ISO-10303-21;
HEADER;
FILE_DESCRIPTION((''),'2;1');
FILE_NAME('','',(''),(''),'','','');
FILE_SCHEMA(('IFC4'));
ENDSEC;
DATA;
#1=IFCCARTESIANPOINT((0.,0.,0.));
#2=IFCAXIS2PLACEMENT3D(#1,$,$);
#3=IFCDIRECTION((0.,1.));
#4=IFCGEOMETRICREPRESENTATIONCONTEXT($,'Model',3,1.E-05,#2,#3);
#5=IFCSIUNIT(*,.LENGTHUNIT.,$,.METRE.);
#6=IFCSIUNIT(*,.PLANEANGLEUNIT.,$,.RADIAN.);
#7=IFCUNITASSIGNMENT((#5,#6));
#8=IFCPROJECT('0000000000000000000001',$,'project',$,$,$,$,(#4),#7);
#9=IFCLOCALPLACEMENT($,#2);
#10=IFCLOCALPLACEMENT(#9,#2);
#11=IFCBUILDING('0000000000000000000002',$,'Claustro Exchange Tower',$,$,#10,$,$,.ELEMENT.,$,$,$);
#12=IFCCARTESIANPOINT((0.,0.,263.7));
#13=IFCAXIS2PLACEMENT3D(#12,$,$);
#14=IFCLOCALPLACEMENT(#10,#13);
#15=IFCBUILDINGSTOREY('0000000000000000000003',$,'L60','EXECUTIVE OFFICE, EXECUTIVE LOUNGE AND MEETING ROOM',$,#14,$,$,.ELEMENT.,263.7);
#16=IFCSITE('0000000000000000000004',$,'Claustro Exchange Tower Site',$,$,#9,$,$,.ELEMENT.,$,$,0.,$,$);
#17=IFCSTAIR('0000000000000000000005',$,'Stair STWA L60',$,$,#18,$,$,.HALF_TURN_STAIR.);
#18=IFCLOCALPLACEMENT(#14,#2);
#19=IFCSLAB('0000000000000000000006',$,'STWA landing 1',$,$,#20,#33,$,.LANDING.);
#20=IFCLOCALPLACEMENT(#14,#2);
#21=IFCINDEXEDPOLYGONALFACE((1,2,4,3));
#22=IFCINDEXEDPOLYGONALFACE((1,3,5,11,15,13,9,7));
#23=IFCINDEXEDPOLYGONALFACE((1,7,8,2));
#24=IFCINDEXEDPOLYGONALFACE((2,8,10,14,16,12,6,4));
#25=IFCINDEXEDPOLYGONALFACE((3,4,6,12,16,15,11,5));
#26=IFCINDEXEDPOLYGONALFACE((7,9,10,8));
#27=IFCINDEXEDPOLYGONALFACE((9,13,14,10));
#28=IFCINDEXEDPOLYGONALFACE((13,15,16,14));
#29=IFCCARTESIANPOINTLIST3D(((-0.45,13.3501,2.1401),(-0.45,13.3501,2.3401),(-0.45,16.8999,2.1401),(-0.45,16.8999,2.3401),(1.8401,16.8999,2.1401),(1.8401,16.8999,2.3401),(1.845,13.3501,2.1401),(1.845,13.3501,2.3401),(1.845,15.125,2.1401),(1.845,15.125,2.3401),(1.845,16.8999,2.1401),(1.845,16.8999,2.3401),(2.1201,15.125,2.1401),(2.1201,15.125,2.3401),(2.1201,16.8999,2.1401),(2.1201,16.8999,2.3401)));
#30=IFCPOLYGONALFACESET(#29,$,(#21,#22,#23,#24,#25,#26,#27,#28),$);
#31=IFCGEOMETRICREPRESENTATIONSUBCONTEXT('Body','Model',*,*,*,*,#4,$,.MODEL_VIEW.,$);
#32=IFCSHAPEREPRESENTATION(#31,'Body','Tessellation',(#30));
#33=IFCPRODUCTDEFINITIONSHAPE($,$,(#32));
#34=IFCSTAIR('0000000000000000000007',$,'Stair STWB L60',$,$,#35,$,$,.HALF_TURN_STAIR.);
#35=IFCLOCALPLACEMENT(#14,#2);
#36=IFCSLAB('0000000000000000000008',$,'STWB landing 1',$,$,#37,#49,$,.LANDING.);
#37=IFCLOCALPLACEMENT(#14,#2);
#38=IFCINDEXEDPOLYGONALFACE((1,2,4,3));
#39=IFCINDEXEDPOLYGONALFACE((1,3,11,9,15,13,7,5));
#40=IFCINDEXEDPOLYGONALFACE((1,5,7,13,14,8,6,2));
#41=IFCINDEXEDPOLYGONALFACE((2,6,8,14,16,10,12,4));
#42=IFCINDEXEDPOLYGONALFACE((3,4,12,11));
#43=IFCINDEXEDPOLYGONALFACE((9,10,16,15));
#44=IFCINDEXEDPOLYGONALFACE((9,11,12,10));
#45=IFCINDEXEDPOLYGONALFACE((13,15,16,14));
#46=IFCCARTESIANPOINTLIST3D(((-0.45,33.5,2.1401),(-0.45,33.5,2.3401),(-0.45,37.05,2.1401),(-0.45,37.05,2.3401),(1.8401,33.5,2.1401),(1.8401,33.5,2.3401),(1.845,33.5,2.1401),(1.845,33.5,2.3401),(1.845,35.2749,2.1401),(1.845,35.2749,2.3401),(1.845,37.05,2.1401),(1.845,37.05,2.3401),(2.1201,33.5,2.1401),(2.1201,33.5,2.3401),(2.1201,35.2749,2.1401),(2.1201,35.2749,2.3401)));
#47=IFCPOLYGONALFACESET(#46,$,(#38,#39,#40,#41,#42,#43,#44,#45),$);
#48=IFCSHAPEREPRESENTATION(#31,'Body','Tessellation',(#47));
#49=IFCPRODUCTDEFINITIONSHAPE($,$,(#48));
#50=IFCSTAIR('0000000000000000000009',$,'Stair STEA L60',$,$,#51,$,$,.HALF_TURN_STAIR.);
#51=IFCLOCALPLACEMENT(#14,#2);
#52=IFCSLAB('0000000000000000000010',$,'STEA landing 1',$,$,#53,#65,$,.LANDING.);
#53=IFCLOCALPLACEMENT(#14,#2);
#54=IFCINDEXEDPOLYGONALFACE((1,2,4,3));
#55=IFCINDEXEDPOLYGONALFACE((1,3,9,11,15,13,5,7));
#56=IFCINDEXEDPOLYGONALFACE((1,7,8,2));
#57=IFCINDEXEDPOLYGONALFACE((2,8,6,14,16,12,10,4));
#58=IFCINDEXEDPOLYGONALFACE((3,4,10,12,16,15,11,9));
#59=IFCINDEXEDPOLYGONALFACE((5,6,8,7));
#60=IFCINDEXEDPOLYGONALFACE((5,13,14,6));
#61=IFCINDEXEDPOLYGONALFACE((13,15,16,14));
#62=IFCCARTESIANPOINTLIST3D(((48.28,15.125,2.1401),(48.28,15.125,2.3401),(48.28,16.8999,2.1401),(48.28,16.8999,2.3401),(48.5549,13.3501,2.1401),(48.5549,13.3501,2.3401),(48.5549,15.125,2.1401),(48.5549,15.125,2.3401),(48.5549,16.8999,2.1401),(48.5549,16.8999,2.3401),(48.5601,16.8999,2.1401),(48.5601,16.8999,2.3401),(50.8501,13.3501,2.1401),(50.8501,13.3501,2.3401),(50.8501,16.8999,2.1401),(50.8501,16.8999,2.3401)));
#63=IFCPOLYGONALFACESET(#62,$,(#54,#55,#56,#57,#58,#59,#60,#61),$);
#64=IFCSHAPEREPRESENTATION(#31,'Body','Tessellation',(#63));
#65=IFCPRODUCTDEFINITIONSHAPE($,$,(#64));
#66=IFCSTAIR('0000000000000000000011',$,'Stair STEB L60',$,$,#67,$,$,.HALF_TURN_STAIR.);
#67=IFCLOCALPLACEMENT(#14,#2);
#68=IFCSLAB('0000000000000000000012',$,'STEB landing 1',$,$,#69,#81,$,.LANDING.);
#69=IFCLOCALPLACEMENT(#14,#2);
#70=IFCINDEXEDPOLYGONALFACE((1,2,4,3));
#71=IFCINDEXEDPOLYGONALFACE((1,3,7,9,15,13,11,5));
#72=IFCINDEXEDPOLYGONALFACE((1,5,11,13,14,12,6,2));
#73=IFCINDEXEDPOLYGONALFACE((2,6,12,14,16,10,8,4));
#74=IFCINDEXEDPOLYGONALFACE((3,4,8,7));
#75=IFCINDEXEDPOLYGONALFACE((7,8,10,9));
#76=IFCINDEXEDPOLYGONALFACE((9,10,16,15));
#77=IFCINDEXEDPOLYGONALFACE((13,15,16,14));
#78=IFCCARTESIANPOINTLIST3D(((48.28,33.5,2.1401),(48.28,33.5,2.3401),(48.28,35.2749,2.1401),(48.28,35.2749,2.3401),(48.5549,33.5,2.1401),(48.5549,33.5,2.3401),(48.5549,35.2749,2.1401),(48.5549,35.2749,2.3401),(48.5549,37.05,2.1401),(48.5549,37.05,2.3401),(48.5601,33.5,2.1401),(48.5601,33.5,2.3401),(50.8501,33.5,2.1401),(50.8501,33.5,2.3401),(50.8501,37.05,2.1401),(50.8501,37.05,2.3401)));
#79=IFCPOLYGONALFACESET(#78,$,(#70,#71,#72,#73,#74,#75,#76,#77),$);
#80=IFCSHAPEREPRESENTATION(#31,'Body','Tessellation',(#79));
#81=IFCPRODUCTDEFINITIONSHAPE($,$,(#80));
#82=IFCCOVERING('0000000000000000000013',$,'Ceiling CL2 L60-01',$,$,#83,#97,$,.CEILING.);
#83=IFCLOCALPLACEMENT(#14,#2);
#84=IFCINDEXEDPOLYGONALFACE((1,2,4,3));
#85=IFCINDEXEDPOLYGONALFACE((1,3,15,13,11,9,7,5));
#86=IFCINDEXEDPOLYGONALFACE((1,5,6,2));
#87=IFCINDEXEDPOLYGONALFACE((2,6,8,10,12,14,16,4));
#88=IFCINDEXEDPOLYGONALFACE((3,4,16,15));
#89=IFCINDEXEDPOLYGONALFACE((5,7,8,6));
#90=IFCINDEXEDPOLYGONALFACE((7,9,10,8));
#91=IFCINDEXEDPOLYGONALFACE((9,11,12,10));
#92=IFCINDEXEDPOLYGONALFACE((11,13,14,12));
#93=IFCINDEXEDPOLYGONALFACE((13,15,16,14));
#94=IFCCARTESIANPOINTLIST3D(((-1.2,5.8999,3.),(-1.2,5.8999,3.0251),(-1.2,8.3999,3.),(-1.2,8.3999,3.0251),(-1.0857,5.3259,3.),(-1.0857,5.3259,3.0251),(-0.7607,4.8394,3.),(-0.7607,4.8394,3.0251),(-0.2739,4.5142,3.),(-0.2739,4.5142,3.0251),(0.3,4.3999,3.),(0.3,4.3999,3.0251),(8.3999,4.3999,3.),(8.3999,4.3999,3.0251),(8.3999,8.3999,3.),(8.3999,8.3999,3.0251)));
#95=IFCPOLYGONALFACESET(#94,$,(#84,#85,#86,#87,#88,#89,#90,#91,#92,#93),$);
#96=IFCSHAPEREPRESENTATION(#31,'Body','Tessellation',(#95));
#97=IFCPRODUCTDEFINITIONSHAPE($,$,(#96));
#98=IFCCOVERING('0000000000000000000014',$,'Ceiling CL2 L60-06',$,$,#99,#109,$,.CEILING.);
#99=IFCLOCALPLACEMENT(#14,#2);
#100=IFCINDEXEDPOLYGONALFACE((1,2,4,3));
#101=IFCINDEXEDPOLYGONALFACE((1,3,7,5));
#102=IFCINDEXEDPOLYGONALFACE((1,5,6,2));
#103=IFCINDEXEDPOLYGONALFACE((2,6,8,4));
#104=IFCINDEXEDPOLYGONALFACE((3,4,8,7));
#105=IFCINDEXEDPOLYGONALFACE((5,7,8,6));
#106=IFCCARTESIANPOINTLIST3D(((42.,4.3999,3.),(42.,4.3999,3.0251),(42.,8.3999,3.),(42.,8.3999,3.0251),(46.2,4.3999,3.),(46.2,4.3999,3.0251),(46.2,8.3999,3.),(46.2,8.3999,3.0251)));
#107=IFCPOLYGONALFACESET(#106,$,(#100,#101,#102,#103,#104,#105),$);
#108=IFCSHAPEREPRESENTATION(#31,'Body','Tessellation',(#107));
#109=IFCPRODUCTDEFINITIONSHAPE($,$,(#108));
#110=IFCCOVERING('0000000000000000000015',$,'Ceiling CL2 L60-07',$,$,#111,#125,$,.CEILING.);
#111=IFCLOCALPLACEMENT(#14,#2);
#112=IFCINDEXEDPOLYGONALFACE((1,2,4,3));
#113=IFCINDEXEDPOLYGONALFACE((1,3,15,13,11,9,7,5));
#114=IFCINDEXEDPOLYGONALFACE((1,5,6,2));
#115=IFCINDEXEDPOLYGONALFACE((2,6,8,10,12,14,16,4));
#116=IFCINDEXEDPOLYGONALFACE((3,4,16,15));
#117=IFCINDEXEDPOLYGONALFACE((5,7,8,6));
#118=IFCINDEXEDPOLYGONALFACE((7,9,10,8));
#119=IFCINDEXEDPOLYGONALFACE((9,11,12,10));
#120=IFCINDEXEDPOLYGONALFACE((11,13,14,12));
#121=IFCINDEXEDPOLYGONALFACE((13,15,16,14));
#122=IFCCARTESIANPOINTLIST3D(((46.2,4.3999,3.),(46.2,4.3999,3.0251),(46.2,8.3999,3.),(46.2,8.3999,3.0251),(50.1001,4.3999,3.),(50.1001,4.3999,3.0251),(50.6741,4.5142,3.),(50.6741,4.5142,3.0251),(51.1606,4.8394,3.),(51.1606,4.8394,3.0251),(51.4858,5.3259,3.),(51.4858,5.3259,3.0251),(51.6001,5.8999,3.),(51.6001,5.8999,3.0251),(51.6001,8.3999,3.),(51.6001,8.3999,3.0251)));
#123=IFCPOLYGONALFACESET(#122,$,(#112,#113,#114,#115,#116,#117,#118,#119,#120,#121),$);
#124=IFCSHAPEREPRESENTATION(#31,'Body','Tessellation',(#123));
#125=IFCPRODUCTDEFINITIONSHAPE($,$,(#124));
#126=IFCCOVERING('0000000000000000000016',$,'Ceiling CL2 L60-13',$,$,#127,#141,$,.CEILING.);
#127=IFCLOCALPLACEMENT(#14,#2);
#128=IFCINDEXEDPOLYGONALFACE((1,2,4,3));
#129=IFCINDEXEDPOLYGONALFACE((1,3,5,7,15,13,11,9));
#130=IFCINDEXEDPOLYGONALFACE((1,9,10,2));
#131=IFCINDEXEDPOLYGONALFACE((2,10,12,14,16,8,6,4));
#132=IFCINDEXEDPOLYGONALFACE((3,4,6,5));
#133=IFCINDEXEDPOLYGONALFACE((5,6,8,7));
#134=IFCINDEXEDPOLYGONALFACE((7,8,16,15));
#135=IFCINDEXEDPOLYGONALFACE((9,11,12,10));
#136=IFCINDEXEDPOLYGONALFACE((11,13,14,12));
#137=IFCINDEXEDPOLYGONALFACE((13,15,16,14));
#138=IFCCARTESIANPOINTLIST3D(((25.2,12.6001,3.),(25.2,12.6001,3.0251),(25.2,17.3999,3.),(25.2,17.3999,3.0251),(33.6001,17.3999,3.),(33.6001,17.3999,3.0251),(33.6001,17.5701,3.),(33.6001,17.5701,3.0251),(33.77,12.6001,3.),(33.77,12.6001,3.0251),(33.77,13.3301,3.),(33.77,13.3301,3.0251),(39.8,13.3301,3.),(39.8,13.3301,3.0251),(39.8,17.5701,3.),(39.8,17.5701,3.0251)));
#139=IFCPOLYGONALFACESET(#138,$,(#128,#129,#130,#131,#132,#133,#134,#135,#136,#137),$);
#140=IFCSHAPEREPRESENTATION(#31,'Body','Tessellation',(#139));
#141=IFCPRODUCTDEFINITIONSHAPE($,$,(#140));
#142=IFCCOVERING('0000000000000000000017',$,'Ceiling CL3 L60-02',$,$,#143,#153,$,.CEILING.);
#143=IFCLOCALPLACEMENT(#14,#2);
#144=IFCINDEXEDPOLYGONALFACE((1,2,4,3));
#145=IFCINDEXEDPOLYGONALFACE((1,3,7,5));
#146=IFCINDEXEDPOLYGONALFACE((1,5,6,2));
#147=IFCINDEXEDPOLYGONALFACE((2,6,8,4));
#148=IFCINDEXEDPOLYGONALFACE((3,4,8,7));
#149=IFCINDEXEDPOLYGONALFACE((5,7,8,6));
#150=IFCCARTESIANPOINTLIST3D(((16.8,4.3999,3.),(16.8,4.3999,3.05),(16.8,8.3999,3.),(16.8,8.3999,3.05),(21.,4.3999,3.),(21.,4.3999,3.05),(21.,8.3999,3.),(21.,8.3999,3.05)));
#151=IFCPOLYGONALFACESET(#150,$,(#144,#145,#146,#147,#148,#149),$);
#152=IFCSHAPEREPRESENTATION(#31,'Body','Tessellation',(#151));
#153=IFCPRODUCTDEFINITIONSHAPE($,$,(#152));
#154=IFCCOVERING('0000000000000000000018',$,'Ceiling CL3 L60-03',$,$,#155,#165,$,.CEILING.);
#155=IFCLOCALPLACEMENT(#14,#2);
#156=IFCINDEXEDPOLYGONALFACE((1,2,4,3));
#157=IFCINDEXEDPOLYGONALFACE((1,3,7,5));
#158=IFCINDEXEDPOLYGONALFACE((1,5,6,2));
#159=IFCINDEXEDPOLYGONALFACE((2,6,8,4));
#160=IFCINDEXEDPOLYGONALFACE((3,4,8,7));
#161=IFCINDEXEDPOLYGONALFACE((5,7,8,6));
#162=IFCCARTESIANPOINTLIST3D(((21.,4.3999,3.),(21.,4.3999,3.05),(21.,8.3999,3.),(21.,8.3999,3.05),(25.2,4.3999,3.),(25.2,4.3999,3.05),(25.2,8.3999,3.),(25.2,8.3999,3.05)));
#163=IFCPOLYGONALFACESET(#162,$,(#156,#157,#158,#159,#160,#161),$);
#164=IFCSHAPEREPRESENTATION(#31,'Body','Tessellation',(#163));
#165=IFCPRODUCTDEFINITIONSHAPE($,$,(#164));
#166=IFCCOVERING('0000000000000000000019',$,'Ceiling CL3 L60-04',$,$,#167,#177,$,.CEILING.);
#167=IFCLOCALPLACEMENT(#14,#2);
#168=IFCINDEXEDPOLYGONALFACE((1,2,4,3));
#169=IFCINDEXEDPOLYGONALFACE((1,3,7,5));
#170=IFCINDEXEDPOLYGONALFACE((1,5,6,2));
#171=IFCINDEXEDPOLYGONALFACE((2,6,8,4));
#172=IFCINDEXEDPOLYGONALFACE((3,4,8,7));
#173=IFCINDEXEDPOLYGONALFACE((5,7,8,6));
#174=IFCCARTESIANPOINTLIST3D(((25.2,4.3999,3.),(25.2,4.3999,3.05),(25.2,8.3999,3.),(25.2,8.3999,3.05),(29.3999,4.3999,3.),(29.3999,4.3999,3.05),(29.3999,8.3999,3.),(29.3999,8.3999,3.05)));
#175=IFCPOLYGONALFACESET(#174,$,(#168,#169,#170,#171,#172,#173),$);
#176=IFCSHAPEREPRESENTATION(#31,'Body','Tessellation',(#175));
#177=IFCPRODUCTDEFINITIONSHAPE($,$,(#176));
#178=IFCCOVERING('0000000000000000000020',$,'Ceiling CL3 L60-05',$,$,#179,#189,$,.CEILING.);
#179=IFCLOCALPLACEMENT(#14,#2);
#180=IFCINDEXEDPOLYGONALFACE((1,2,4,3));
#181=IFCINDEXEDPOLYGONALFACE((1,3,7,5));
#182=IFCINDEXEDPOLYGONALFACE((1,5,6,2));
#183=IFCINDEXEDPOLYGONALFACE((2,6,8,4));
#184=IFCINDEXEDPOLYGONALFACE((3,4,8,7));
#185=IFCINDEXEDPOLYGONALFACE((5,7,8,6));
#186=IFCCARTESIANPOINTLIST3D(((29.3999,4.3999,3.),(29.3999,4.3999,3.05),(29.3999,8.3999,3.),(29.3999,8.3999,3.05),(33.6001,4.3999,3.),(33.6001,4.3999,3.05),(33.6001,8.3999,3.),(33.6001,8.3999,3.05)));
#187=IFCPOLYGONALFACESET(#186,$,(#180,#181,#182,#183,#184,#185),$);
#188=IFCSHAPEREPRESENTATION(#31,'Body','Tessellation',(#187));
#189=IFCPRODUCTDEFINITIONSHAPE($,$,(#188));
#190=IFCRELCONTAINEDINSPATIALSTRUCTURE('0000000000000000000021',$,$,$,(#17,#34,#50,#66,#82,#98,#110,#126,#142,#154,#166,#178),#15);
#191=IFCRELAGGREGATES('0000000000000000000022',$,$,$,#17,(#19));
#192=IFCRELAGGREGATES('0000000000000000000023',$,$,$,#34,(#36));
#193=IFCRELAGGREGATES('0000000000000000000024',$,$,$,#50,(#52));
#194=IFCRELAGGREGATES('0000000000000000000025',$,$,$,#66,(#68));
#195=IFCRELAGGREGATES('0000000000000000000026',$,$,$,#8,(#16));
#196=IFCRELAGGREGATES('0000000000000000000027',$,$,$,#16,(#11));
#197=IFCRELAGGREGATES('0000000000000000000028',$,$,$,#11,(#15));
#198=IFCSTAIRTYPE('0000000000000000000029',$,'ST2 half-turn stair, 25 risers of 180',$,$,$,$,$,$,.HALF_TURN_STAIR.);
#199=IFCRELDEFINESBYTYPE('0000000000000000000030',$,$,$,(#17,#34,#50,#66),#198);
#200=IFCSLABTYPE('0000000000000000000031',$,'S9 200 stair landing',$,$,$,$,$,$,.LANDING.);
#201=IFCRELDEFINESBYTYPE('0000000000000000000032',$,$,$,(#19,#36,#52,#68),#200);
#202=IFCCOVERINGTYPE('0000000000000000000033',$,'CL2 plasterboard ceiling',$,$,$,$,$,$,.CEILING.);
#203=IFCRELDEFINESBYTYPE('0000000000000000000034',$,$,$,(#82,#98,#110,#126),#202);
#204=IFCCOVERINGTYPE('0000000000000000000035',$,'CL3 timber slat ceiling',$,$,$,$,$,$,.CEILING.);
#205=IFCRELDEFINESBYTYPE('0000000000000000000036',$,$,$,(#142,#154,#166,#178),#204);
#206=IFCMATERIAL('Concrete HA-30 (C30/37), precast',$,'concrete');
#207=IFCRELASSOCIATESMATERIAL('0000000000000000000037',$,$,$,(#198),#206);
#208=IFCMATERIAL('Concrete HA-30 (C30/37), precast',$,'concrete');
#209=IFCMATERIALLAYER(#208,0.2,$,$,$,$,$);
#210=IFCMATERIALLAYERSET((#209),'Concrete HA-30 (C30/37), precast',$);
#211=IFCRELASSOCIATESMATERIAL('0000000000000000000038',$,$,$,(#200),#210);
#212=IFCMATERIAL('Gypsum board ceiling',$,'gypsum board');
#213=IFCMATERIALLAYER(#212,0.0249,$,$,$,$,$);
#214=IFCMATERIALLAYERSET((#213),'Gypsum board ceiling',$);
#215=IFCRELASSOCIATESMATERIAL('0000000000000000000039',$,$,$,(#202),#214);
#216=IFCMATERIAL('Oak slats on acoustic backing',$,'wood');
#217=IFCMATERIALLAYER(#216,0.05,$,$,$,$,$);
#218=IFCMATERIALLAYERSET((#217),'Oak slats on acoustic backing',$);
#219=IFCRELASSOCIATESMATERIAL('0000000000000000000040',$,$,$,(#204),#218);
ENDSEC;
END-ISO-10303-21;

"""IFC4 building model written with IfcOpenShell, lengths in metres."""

from ifc_helpers import new_model, si_unit, direction, frame, origin, place, context, subcontext, project, spatial, polyline, outline, extrude, material, layer, layer_set, type_object, element, aggregate, save


model = new_model("IFC4")

# Units and contexts
model_context = context("Model", 3, precision=1e-05, world=origin(), true_north=direction((0.0, 1.0)))
body_context = subcontext(model_context, "Body", "Model", "MODEL_VIEW")
ifc_project = project(units=[si_unit("LENGTHUNIT", "METRE"), si_unit("PLANEANGLEUNIT", "RADIAN")], contexts=[model_context])

# Site, building, storey
site_placement = place(None, origin())
site = spatial("IfcSite", under=ifc_project, at=site_placement, Name="Claustro Exchange Tower Site", CompositionType="ELEMENT", RefElevation=0.0)
building_placement = place(site_placement, origin())
building = spatial("IfcBuilding", under=site, at=building_placement, Name="Claustro Exchange Tower", CompositionType="ELEMENT")
storey_placement = place(building_placement, frame((0.0, 0.0, 263.7)))
storey = spatial("IfcBuildingStorey", under=building, at=storey_placement, Name="L60", Description="EXECUTIVE OFFICE, EXECUTIVE LOUNGE AND MEETING ROOM", CompositionType="ELEMENT", Elevation=263.7)

# Stairs, slabs
ifc_material_1 = material(Name="Concrete HA-30 (C30/37), precast", Category="concrete")
stair_type = type_object("IfcStairType", Name="ST2 half-turn stair, 25 risers of 180", PredefinedType="HALF_TURN_STAIR", material=ifc_material_1)
stair_1_placement = place(storey_placement, origin())
stair_1 = element("IfcStair", 1, at=stair_1_placement, inside=storey, type_object=stair_type, Name="Stair STWA L60", PredefinedType="HALF_TURN_STAIR")
ifc_material_2 = material(Name="Concrete HA-30 (C30/37), precast", Category="concrete")
ifc_layer_1 = layer(ifc_material_2, 0.2)
ifc_layer_set_1 = layer_set([ifc_layer_1], Name="Concrete HA-30 (C30/37), precast")
slab_type_1 = type_object("IfcSlabType", Name="S9 200 stair landing", PredefinedType="LANDING", material=ifc_layer_set_1)
slab_1_placement = place(storey_placement, frame((0.0, 0.0, 2.1401)))
slab_1 = element("IfcSlab", 2, at=slab_1_placement, type_object=slab_type_1, Name="STWA landing 1", PredefinedType="LANDING", context=body_context, shape_type="SweptSolid", body=[
    extrude(outline(polyline([(1.845, 13.3501), (-0.45, 13.3501), (-0.45, 16.8999), (1.8401, 16.8999), (1.845, 16.8999), (2.1201, 16.8999), (2.1201, 15.125), (1.845, 15.125), (1.845, 13.3501)])), origin(), (0.0, 0.0, 1.0), 0.2),
])
aggregate(stair_1, [slab_1])
stair_2_placement = place(storey_placement, origin())
stair_2 = element("IfcStair", 3, at=stair_2_placement, inside=storey, type_object=stair_type, Name="Stair STWB L60", PredefinedType="HALF_TURN_STAIR")
slab_2_placement = place(storey_placement, frame((0.0, 0.0, 2.1401)))
slab_2 = element("IfcSlab", 4, at=slab_2_placement, type_object=slab_type_1, Name="STWB landing 1", PredefinedType="LANDING", context=body_context, shape_type="SweptSolid", body=[
    extrude(outline(polyline([(2.1201, 35.2749), (2.1201, 33.5), (1.845, 33.5), (1.8401, 33.5), (-0.45, 33.5), (-0.45, 37.05), (1.845, 37.05), (1.845, 35.2749), (2.1201, 35.2749)])), origin(), (0.0, 0.0, 1.0), 0.2),
])
aggregate(stair_2, [slab_2])
stair_3_placement = place(storey_placement, origin())
stair_3 = element("IfcStair", 5, at=stair_3_placement, inside=storey, type_object=stair_type, Name="Stair STEA L60", PredefinedType="HALF_TURN_STAIR")
slab_3_placement = place(storey_placement, frame((0.0, 0.0, 2.1401)))
slab_3 = element("IfcSlab", 6, at=slab_3_placement, type_object=slab_type_1, Name="STEA landing 1", PredefinedType="LANDING", context=body_context, shape_type="SweptSolid", body=[
    extrude(outline(polyline([(50.8501, 16.8999), (50.8501, 13.3501), (48.5549, 13.3501), (48.5549, 15.125), (48.28, 15.125), (48.28, 16.8999), (48.5549, 16.8999), (48.5601, 16.8999), (50.8501, 16.8999)])), origin(), (0.0, 0.0, 1.0), 0.2),
])
aggregate(stair_3, [slab_3])
stair_4_placement = place(storey_placement, origin())
stair_4 = element("IfcStair", 7, at=stair_4_placement, inside=storey, type_object=stair_type, Name="Stair STEB L60", PredefinedType="HALF_TURN_STAIR")
slab_4_placement = place(storey_placement, frame((0.0, 0.0, 2.1401)))
slab_4 = element("IfcSlab", 8, at=slab_4_placement, type_object=slab_type_1, Name="STEB landing 1", PredefinedType="LANDING", context=body_context, shape_type="SweptSolid", body=[
    extrude(outline(polyline([(48.28, 33.5), (48.28, 35.2749), (48.5549, 35.2749), (48.5549, 37.05), (50.8501, 37.05), (50.8501, 33.5), (48.5601, 33.5), (48.5549, 33.5), (48.28, 33.5)])), origin(), (0.0, 0.0, 1.0), 0.2),
])
aggregate(stair_4, [slab_4])

# Coverings
ifc_material_3 = material(Name="Gypsum board ceiling", Category="gypsum board")
ifc_layer_2 = layer(ifc_material_3, 0.0249)
ifc_layer_set_2 = layer_set([ifc_layer_2], Name="Gypsum board ceiling")
covering_type_1 = type_object("IfcCoveringType", Name="CL2 plasterboard ceiling", PredefinedType="CEILING", material=ifc_layer_set_2)
covering_1_placement = place(storey_placement, frame((0.0, 0.0, 3.0)))
element("IfcCovering", 9, at=covering_1_placement, inside=storey, type_object=covering_type_1, Name="Ceiling CL2 L60-01", PredefinedType="CEILING", context=body_context, shape_type="SweptSolid", body=[
    extrude(outline(polyline([(-1.0857, 5.3259), (-0.7607, 4.8394), (-0.2739, 4.5142), (0.3, 4.3999), (8.3999, 4.3999), (8.3999, 8.3999), (-1.2, 8.3999), (-1.2, 5.8999), (-1.0857, 5.3259)])), origin(), (0.0, 0.0, 1.0), 0.0251),
])
covering_2_placement = place(storey_placement, frame((0.0, 0.0, 3.0)))
element("IfcCovering", 10, at=covering_2_placement, inside=storey, type_object=covering_type_1, Name="Ceiling CL2 L60-06", PredefinedType="CEILING", context=body_context, shape_type="SweptSolid", body=[
    extrude(outline(polyline([(42.0, 4.3999), (46.2, 4.3999), (46.2, 8.3999), (42.0, 8.3999), (42.0, 4.3999)])), origin(), (0.0, 0.0, 1.0), 0.0251),
])
covering_3_placement = place(storey_placement, frame((0.0, 0.0, 3.0)))
element("IfcCovering", 11, at=covering_3_placement, inside=storey, type_object=covering_type_1, Name="Ceiling CL2 L60-07", PredefinedType="CEILING", context=body_context, shape_type="SweptSolid", body=[
    extrude(outline(polyline([(51.6001, 5.8999), (51.6001, 8.3999), (46.2, 8.3999), (46.2, 4.3999), (50.1001, 4.3999), (50.6741, 4.5142), (51.1606, 4.8394), (51.4858, 5.3259), (51.6001, 5.8999)])), origin(), (0.0, 0.0, 1.0), 0.0251),
])
covering_4_placement = place(storey_placement, frame((0.0, 0.0, 3.0)))
element("IfcCovering", 12, at=covering_4_placement, inside=storey, type_object=covering_type_1, Name="Ceiling CL2 L60-13", PredefinedType="CEILING", context=body_context, shape_type="SweptSolid", body=[
    extrude(outline(polyline([(39.8, 13.3301), (39.8, 17.5701), (33.6001, 17.5701), (33.6001, 17.3999), (25.2, 17.3999), (25.2, 12.6001), (33.77, 12.6001), (33.77, 13.3301), (39.8, 13.3301)])), origin(), (0.0, 0.0, 1.0), 0.0251),
])
ifc_material_4 = material(Name="Oak slats on acoustic backing", Category="wood")
ifc_layer_3 = layer(ifc_material_4, 0.05)
ifc_layer_set_3 = layer_set([ifc_layer_3], Name="Oak slats on acoustic backing")
covering_type_2 = type_object("IfcCoveringType", Name="CL3 timber slat ceiling", PredefinedType="CEILING", material=ifc_layer_set_3)
covering_5_placement = place(storey_placement, frame((0.0, 0.0, 3.0)))
element("IfcCovering", 13, at=covering_5_placement, inside=storey, type_object=covering_type_2, Name="Ceiling CL3 L60-02", PredefinedType="CEILING", context=body_context, shape_type="SweptSolid", body=[
    extrude(outline(polyline([(16.8, 4.3999), (21.0, 4.3999), (21.0, 8.3999), (16.8, 8.3999), (16.8, 4.3999)])), origin(), (0.0, 0.0, 1.0), 0.05),
])
covering_6_placement = place(storey_placement, frame((0.0, 0.0, 3.0)))
element("IfcCovering", 14, at=covering_6_placement, inside=storey, type_object=covering_type_2, Name="Ceiling CL3 L60-03", PredefinedType="CEILING", context=body_context, shape_type="SweptSolid", body=[
    extrude(outline(polyline([(21.0, 4.3999), (25.2, 4.3999), (25.2, 8.3999), (21.0, 8.3999), (21.0, 4.3999)])), origin(), (0.0, 0.0, 1.0), 0.05),
])
covering_7_placement = place(storey_placement, frame((0.0, 0.0, 3.0)))
element("IfcCovering", 15, at=covering_7_placement, inside=storey, type_object=covering_type_2, Name="Ceiling CL3 L60-04", PredefinedType="CEILING", context=body_context, shape_type="SweptSolid", body=[
    extrude(outline(polyline([(25.2, 4.3999), (29.3999, 4.3999), (29.3999, 8.3999), (25.2, 8.3999), (25.2, 4.3999)])), origin(), (0.0, 0.0, 1.0), 0.05),
])
covering_8_placement = place(storey_placement, frame((0.0, 0.0, 3.0)))
element("IfcCovering", 16, at=covering_8_placement, inside=storey, type_object=covering_type_2, Name="Ceiling CL3 L60-05", PredefinedType="CEILING", context=body_context, shape_type="SweptSolid", body=[
    extrude(outline(polyline([(29.3999, 4.3999), (33.6001, 4.3999), (33.6001, 8.3999), (29.3999, 8.3999), (29.3999, 4.3999)])), origin(), (0.0, 0.0, 1.0), 0.05),
])

save(model, "model.ifc")
